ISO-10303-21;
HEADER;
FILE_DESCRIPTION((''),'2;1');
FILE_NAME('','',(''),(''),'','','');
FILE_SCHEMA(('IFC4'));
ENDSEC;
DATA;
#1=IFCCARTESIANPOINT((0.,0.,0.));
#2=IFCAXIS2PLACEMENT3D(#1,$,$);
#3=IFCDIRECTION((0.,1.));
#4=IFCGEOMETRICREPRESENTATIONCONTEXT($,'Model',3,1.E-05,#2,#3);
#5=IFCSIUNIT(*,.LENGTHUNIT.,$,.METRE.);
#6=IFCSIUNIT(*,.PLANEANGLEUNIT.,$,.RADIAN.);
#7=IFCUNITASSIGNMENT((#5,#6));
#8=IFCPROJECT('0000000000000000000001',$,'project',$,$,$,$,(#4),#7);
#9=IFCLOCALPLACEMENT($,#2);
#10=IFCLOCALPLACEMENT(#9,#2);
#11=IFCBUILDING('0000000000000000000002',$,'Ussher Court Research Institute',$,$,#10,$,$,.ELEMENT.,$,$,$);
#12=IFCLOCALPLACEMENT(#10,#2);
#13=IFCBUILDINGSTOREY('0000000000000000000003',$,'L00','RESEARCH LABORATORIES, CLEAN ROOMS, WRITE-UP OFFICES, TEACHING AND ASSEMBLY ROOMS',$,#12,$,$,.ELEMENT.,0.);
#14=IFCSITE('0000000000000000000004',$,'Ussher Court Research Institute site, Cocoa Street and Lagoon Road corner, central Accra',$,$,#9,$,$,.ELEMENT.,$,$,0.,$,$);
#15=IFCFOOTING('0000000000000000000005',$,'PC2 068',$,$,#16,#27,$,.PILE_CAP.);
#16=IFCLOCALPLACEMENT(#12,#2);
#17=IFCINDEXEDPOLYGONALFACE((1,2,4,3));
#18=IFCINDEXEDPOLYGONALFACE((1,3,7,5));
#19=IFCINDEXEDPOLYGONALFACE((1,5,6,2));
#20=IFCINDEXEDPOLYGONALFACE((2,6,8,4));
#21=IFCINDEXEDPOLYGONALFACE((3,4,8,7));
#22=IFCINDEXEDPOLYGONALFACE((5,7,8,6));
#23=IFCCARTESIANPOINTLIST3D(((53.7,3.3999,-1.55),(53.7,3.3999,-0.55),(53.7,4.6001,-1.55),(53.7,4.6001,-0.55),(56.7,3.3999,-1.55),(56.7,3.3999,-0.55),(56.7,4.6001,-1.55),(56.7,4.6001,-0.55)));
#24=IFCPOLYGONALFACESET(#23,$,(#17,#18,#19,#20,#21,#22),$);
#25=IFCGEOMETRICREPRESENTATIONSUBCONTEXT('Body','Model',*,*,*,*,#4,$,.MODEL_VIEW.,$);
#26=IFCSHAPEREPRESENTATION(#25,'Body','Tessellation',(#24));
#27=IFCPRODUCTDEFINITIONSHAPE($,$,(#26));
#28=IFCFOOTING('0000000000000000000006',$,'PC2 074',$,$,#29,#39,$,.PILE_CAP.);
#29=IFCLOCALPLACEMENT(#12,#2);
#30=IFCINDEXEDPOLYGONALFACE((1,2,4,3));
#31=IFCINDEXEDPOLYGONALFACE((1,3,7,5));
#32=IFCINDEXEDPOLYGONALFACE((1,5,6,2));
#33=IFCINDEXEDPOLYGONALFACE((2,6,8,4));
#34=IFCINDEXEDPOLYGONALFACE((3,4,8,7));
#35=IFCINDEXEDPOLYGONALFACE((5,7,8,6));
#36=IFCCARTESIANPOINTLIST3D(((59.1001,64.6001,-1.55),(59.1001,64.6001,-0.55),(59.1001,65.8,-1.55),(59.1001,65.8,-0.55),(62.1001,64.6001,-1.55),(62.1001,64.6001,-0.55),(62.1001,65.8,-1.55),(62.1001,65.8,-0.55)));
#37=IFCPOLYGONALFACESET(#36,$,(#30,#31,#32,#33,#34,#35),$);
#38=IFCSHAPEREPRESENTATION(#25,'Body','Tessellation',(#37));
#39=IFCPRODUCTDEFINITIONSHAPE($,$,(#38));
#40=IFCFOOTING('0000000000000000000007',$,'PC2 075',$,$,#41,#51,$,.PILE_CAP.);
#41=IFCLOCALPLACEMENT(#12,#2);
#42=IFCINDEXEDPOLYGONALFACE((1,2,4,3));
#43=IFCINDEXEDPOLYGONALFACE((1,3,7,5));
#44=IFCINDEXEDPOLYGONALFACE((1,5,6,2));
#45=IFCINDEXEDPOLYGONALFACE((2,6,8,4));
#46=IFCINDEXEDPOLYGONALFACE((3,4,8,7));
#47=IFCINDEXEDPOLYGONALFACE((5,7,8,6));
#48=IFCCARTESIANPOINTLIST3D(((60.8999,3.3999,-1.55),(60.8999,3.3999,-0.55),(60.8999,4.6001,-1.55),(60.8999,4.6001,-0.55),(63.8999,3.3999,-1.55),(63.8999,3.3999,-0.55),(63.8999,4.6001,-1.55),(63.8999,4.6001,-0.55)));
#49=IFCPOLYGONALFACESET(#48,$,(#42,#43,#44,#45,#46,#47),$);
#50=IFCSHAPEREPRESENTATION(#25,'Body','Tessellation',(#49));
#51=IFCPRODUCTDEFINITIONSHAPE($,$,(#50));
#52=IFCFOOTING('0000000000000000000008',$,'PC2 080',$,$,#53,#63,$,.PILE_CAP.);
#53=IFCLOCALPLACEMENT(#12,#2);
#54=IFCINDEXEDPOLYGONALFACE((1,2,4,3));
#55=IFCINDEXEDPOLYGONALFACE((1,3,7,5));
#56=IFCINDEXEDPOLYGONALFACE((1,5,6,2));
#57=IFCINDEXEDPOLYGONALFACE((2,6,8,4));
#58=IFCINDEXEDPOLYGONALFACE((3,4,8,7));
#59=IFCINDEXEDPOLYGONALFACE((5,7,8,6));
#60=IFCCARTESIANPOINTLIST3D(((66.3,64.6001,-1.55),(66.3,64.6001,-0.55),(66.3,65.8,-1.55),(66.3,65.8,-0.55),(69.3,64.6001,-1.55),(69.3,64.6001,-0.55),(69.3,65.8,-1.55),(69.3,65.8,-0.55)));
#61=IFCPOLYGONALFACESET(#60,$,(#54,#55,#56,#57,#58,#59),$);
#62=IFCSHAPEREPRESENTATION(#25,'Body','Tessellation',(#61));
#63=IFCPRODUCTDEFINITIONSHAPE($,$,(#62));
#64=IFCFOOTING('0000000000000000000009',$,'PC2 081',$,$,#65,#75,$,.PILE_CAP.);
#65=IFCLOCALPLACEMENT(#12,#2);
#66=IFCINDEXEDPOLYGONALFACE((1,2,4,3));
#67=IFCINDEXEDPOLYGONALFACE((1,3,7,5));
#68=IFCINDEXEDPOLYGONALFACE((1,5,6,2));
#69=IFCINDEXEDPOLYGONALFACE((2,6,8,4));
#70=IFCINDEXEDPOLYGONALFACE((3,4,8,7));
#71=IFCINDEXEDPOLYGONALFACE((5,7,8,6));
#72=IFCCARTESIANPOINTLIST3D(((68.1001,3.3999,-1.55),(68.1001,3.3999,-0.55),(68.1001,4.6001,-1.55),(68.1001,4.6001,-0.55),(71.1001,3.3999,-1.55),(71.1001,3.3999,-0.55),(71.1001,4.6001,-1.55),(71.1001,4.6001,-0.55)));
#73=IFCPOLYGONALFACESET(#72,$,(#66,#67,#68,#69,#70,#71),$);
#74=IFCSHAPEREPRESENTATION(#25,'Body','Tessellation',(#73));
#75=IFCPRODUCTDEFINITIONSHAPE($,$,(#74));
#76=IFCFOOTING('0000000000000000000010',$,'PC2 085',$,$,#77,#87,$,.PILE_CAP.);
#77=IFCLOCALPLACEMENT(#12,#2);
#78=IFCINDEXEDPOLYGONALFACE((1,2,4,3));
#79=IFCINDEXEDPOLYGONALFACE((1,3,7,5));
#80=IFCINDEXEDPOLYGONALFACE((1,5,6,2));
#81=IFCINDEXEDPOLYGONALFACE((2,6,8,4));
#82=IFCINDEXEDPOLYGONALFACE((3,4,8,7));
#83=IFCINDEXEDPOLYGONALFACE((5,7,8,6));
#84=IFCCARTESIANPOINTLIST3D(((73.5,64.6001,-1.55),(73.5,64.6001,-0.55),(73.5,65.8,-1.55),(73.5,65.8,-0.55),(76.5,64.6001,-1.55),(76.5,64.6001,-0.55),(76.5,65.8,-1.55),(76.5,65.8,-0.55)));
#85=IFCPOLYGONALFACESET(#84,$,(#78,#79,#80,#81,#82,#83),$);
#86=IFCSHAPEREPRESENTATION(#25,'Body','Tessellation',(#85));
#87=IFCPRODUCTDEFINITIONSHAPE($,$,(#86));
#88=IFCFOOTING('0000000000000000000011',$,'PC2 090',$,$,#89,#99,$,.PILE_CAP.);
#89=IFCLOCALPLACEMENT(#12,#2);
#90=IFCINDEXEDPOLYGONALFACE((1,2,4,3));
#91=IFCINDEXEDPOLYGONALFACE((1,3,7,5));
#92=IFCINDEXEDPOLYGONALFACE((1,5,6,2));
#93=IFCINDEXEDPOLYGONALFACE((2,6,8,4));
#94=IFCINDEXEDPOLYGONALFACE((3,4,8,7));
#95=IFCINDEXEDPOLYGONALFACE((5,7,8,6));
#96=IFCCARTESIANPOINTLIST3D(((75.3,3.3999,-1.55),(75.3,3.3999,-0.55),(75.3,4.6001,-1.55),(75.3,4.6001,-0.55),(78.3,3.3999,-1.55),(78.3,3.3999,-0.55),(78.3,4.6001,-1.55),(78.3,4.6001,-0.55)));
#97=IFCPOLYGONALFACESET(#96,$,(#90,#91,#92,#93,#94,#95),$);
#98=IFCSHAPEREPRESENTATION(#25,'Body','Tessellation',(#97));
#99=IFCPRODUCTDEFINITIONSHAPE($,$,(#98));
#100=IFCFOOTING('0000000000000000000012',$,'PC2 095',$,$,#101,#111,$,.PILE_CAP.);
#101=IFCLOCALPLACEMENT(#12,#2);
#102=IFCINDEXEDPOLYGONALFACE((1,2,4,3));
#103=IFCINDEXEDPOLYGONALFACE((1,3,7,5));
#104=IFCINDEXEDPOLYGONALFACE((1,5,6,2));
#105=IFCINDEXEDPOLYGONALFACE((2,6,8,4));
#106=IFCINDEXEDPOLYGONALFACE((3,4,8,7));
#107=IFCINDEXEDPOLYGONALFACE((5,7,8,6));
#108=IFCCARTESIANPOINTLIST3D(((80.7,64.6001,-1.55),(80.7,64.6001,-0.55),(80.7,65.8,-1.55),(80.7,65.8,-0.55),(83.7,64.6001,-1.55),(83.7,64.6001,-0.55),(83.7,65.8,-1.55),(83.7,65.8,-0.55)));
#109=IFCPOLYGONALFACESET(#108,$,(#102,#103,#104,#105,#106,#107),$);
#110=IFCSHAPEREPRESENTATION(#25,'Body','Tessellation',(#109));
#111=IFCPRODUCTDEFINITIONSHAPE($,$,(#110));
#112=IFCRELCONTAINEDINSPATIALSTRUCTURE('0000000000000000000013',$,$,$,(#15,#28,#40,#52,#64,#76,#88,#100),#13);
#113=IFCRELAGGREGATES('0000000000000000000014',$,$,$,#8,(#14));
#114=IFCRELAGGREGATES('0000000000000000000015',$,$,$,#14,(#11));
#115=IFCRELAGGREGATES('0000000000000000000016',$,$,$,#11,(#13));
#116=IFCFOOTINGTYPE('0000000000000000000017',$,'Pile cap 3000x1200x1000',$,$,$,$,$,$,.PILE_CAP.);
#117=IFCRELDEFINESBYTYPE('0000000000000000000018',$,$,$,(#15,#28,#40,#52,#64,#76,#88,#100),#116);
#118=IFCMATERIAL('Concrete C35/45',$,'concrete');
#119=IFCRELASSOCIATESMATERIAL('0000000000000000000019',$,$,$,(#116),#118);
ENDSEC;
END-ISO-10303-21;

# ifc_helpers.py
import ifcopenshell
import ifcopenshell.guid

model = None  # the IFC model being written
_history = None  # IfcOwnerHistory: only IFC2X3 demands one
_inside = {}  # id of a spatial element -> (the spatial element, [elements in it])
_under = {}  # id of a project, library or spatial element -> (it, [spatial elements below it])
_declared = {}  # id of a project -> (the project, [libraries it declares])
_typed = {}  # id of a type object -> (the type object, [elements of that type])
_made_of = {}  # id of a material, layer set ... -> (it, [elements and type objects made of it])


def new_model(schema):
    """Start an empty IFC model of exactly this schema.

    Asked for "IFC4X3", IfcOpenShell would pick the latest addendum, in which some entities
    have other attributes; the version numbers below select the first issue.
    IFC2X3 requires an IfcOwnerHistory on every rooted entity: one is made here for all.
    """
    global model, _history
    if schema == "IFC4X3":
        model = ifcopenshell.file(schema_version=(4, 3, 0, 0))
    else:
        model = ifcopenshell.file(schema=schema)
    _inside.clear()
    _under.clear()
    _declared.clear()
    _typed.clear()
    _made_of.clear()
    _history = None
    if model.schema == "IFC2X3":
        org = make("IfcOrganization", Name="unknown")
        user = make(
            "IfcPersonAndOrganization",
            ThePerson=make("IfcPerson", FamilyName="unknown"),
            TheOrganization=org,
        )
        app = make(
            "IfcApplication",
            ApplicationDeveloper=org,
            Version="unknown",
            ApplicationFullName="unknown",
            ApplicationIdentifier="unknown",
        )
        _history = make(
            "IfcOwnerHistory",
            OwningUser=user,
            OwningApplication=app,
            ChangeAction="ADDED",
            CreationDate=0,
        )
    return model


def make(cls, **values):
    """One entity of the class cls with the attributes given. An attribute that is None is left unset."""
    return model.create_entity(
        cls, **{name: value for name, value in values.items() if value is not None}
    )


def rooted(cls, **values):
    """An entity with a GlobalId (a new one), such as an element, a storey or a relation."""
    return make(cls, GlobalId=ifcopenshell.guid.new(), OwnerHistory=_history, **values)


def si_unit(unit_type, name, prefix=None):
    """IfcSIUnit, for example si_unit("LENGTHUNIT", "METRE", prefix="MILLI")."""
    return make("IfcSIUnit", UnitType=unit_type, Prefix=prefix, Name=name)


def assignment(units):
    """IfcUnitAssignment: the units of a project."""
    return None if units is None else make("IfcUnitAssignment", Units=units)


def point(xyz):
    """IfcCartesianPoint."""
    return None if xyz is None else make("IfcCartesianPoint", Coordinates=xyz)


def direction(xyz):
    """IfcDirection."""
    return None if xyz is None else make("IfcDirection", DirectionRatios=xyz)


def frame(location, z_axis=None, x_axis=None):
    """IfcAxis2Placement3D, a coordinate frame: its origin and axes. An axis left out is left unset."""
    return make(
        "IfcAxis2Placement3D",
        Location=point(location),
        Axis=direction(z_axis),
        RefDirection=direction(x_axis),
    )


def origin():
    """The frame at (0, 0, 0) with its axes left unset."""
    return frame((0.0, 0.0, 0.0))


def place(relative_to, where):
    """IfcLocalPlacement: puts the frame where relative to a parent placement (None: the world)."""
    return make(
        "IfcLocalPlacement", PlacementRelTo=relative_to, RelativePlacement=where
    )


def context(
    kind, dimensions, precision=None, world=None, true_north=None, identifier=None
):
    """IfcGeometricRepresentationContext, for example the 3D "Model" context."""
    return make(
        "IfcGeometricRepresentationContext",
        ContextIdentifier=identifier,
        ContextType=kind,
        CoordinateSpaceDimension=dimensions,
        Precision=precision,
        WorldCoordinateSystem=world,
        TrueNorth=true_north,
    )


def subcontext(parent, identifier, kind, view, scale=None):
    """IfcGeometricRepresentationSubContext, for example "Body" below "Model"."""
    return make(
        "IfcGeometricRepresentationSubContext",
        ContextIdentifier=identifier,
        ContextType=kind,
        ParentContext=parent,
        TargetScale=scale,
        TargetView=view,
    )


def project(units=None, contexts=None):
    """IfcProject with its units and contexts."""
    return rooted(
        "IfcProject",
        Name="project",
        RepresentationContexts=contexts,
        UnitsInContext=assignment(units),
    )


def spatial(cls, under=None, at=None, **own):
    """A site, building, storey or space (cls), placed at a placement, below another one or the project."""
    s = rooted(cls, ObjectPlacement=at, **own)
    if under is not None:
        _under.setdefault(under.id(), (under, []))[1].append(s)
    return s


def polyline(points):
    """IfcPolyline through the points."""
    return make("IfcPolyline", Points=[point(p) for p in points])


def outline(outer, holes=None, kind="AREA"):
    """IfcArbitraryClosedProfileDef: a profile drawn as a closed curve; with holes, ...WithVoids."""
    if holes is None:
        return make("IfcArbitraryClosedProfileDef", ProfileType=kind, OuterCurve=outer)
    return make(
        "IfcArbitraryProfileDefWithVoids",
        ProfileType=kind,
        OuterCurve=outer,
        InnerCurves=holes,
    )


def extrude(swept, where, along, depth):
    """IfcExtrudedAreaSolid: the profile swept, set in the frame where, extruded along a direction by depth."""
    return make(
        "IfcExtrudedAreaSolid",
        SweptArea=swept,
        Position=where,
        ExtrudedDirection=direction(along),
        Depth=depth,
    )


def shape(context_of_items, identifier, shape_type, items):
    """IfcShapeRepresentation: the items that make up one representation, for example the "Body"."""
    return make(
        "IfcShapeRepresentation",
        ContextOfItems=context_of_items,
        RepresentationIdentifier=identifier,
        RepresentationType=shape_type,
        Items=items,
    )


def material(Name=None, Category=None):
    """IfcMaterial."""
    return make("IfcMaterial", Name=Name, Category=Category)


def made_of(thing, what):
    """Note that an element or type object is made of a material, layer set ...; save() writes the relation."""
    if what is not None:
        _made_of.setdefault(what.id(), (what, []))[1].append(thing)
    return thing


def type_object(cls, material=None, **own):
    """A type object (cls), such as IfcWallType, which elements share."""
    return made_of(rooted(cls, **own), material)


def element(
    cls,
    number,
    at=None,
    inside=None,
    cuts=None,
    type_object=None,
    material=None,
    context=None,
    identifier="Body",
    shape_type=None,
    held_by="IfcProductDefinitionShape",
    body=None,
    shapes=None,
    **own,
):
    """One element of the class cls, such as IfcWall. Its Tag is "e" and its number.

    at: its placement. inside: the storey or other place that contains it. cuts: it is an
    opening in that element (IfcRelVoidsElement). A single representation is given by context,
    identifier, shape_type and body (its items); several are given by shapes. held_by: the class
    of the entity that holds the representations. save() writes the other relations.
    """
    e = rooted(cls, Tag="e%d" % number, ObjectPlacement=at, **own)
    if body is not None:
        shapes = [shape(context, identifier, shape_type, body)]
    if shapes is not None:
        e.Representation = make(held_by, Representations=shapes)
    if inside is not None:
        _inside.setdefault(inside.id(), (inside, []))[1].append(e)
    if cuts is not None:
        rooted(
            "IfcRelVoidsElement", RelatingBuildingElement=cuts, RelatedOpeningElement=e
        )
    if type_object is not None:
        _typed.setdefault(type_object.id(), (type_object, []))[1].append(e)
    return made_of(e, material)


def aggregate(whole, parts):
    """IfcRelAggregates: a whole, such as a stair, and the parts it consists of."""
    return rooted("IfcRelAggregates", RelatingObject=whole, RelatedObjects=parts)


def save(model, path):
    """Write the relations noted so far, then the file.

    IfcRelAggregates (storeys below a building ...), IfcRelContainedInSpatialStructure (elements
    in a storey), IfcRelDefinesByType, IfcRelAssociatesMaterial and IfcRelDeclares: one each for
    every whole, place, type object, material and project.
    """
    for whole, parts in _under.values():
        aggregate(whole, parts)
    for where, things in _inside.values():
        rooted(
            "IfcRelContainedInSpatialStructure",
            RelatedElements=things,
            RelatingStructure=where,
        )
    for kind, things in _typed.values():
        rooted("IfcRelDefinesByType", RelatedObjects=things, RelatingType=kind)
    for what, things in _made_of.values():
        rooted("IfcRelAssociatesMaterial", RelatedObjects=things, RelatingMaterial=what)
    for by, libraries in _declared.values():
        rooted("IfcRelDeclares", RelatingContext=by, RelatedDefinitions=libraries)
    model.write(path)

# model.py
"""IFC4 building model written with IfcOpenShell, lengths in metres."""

from ifc_helpers import new_model, si_unit, direction, frame, origin, place, context, subcontext, project, spatial, polyline, outline, extrude, material, type_object, element, save


model = new_model("IFC4")

# Units and contexts
model_context = context("Model", 3, precision=1e-05, world=origin(), true_north=direction((0.0, 1.0)))
body_context = subcontext(model_context, "Body", "Model", "MODEL_VIEW")
ifc_project = project(units=[si_unit("LENGTHUNIT", "METRE"), si_unit("PLANEANGLEUNIT", "RADIAN")], contexts=[model_context])

# Site, building, storey
site_placement = place(None, origin())
site = spatial("IfcSite", under=ifc_project, at=site_placement, Name="Ussher Court Research Institute site, Cocoa Street and Lagoon Road corner, central Accra", CompositionType="ELEMENT", RefElevation=0.0)
building_placement = place(site_placement, origin())
building = spatial("IfcBuilding", under=site, at=building_placement, Name="Ussher Court Research Institute", CompositionType="ELEMENT")
storey_placement = place(building_placement, origin())
storey = spatial("IfcBuildingStorey", under=building, at=storey_placement, Name="L00", Description="RESEARCH LABORATORIES, CLEAN ROOMS, WRITE-UP OFFICES, TEACHING AND ASSEMBLY ROOMS", CompositionType="ELEMENT", Elevation=0.0)

# Footings
ifc_material_1 = material(Name="Concrete C35/45", Category="concrete")
footing_type_1 = type_object("IfcFootingType", Name="Pile cap 3000x1200x1000", PredefinedType="PILE_CAP", material=ifc_material_1)
footing_1_placement = place(storey_placement, frame((0.0, 0.0, -1.55)))
element("IfcFooting", 1, at=footing_1_placement, inside=storey, type_object=footing_type_1, Name="PC2 068", PredefinedType="PILE_CAP", context=body_context, shape_type="SweptSolid", body=[
    extrude(outline(polyline([(53.7, 3.3999), (56.7, 3.3999), (56.7, 4.6001), (53.7, 4.6001), (53.7, 3.3999)])), origin(), (0.0, 0.0, 1.0), 1.0),
])
footing_2_placement = place(storey_placement, frame((0.0, 0.0, -1.55)))
element("IfcFooting", 2, at=footing_2_placement, inside=storey, type_object=footing_type_1, Name="PC2 074", PredefinedType="PILE_CAP", context=body_context, shape_type="SweptSolid", body=[
    extrude(outline(polyline([(59.1001, 64.6001), (62.1001, 64.6001), (62.1001, 65.8), (59.1001, 65.8), (59.1001, 64.6001)])), origin(), (0.0, 0.0, 1.0), 1.0),
])
footing_3_placement = place(storey_placement, frame((0.0, 0.0, -1.55)))
element("IfcFooting", 3, at=footing_3_placement, inside=storey, type_object=footing_type_1, Name="PC2 075", PredefinedType="PILE_CAP", context=body_context, shape_type="SweptSolid", body=[
    extrude(outline(polyline([(60.8999, 3.3999), (63.8999, 3.3999), (63.8999, 4.6001), (60.8999, 4.6001), (60.8999, 3.3999)])), origin(), (0.0, 0.0, 1.0), 1.0),
])
footing_4_placement = place(storey_placement, frame((0.0, 0.0, -1.55)))
element("IfcFooting", 4, at=footing_4_placement, inside=storey, type_object=footing_type_1, Name="PC2 080", PredefinedType="PILE_CAP", context=body_context, shape_type="SweptSolid", body=[
    extrude(outline(polyline([(66.3, 64.6001), (69.3, 64.6001), (69.3, 65.8), (66.3, 65.8), (66.3, 64.6001)])), origin(), (0.0, 0.0, 1.0), 1.0),
])
footing_5_placement = place(storey_placement, frame((0.0, 0.0, -1.55)))
element("IfcFooting", 5, at=footing_5_placement, inside=storey, type_object=footing_type_1, Name="PC2 081", PredefinedType="PILE_CAP", context=body_context, shape_type="SweptSolid", body=[
    extrude(outline(polyline([(68.1001, 3.3999), (71.1001, 3.3999), (71.1001, 4.6001), (68.1001, 4.6001), (68.1001, 3.3999)])), origin(), (0.0, 0.0, 1.0), 1.0),
])
footing_6_placement = place(storey_placement, frame((0.0, 0.0, -1.55)))
element("IfcFooting", 6, at=footing_6_placement, inside=storey, type_object=footing_type_1, Name="PC2 085", PredefinedType="PILE_CAP", context=body_context, shape_type="SweptSolid", body=[
    extrude(outline(polyline([(73.5, 64.6001), (76.5, 64.6001), (76.5, 65.8), (73.5, 65.8), (73.5, 64.6001)])), origin(), (0.0, 0.0, 1.0), 1.0),
])
footing_7_placement = place(storey_placement, frame((0.0, 0.0, -1.55)))
element("IfcFooting", 7, at=footing_7_placement, inside=storey, type_object=footing_type_1, Name="PC2 090", PredefinedType="PILE_CAP", context=body_context, shape_type="SweptSolid", body=[
    extrude(outline(polyline([(75.3, 3.3999), (78.3, 3.3999), (78.3, 4.6001), (75.3, 4.6001), (75.3, 3.3999)])), origin(), (0.0, 0.0, 1.0), 1.0),
])
footing_8_placement = place(storey_placement, frame((0.0, 0.0, -1.55)))
element("IfcFooting", 8, at=footing_8_placement, inside=storey, type_object=footing_type_1, Name="PC2 095", PredefinedType="PILE_CAP", context=body_context, shape_type="SweptSolid", body=[
    extrude(outline(polyline([(80.7, 64.6001), (83.7, 64.6001), (83.7, 65.8), (80.7, 65.8), (80.7, 64.6001)])), origin(), (0.0, 0.0, 1.0), 1.0),
])

save(model, "model.ifc")
